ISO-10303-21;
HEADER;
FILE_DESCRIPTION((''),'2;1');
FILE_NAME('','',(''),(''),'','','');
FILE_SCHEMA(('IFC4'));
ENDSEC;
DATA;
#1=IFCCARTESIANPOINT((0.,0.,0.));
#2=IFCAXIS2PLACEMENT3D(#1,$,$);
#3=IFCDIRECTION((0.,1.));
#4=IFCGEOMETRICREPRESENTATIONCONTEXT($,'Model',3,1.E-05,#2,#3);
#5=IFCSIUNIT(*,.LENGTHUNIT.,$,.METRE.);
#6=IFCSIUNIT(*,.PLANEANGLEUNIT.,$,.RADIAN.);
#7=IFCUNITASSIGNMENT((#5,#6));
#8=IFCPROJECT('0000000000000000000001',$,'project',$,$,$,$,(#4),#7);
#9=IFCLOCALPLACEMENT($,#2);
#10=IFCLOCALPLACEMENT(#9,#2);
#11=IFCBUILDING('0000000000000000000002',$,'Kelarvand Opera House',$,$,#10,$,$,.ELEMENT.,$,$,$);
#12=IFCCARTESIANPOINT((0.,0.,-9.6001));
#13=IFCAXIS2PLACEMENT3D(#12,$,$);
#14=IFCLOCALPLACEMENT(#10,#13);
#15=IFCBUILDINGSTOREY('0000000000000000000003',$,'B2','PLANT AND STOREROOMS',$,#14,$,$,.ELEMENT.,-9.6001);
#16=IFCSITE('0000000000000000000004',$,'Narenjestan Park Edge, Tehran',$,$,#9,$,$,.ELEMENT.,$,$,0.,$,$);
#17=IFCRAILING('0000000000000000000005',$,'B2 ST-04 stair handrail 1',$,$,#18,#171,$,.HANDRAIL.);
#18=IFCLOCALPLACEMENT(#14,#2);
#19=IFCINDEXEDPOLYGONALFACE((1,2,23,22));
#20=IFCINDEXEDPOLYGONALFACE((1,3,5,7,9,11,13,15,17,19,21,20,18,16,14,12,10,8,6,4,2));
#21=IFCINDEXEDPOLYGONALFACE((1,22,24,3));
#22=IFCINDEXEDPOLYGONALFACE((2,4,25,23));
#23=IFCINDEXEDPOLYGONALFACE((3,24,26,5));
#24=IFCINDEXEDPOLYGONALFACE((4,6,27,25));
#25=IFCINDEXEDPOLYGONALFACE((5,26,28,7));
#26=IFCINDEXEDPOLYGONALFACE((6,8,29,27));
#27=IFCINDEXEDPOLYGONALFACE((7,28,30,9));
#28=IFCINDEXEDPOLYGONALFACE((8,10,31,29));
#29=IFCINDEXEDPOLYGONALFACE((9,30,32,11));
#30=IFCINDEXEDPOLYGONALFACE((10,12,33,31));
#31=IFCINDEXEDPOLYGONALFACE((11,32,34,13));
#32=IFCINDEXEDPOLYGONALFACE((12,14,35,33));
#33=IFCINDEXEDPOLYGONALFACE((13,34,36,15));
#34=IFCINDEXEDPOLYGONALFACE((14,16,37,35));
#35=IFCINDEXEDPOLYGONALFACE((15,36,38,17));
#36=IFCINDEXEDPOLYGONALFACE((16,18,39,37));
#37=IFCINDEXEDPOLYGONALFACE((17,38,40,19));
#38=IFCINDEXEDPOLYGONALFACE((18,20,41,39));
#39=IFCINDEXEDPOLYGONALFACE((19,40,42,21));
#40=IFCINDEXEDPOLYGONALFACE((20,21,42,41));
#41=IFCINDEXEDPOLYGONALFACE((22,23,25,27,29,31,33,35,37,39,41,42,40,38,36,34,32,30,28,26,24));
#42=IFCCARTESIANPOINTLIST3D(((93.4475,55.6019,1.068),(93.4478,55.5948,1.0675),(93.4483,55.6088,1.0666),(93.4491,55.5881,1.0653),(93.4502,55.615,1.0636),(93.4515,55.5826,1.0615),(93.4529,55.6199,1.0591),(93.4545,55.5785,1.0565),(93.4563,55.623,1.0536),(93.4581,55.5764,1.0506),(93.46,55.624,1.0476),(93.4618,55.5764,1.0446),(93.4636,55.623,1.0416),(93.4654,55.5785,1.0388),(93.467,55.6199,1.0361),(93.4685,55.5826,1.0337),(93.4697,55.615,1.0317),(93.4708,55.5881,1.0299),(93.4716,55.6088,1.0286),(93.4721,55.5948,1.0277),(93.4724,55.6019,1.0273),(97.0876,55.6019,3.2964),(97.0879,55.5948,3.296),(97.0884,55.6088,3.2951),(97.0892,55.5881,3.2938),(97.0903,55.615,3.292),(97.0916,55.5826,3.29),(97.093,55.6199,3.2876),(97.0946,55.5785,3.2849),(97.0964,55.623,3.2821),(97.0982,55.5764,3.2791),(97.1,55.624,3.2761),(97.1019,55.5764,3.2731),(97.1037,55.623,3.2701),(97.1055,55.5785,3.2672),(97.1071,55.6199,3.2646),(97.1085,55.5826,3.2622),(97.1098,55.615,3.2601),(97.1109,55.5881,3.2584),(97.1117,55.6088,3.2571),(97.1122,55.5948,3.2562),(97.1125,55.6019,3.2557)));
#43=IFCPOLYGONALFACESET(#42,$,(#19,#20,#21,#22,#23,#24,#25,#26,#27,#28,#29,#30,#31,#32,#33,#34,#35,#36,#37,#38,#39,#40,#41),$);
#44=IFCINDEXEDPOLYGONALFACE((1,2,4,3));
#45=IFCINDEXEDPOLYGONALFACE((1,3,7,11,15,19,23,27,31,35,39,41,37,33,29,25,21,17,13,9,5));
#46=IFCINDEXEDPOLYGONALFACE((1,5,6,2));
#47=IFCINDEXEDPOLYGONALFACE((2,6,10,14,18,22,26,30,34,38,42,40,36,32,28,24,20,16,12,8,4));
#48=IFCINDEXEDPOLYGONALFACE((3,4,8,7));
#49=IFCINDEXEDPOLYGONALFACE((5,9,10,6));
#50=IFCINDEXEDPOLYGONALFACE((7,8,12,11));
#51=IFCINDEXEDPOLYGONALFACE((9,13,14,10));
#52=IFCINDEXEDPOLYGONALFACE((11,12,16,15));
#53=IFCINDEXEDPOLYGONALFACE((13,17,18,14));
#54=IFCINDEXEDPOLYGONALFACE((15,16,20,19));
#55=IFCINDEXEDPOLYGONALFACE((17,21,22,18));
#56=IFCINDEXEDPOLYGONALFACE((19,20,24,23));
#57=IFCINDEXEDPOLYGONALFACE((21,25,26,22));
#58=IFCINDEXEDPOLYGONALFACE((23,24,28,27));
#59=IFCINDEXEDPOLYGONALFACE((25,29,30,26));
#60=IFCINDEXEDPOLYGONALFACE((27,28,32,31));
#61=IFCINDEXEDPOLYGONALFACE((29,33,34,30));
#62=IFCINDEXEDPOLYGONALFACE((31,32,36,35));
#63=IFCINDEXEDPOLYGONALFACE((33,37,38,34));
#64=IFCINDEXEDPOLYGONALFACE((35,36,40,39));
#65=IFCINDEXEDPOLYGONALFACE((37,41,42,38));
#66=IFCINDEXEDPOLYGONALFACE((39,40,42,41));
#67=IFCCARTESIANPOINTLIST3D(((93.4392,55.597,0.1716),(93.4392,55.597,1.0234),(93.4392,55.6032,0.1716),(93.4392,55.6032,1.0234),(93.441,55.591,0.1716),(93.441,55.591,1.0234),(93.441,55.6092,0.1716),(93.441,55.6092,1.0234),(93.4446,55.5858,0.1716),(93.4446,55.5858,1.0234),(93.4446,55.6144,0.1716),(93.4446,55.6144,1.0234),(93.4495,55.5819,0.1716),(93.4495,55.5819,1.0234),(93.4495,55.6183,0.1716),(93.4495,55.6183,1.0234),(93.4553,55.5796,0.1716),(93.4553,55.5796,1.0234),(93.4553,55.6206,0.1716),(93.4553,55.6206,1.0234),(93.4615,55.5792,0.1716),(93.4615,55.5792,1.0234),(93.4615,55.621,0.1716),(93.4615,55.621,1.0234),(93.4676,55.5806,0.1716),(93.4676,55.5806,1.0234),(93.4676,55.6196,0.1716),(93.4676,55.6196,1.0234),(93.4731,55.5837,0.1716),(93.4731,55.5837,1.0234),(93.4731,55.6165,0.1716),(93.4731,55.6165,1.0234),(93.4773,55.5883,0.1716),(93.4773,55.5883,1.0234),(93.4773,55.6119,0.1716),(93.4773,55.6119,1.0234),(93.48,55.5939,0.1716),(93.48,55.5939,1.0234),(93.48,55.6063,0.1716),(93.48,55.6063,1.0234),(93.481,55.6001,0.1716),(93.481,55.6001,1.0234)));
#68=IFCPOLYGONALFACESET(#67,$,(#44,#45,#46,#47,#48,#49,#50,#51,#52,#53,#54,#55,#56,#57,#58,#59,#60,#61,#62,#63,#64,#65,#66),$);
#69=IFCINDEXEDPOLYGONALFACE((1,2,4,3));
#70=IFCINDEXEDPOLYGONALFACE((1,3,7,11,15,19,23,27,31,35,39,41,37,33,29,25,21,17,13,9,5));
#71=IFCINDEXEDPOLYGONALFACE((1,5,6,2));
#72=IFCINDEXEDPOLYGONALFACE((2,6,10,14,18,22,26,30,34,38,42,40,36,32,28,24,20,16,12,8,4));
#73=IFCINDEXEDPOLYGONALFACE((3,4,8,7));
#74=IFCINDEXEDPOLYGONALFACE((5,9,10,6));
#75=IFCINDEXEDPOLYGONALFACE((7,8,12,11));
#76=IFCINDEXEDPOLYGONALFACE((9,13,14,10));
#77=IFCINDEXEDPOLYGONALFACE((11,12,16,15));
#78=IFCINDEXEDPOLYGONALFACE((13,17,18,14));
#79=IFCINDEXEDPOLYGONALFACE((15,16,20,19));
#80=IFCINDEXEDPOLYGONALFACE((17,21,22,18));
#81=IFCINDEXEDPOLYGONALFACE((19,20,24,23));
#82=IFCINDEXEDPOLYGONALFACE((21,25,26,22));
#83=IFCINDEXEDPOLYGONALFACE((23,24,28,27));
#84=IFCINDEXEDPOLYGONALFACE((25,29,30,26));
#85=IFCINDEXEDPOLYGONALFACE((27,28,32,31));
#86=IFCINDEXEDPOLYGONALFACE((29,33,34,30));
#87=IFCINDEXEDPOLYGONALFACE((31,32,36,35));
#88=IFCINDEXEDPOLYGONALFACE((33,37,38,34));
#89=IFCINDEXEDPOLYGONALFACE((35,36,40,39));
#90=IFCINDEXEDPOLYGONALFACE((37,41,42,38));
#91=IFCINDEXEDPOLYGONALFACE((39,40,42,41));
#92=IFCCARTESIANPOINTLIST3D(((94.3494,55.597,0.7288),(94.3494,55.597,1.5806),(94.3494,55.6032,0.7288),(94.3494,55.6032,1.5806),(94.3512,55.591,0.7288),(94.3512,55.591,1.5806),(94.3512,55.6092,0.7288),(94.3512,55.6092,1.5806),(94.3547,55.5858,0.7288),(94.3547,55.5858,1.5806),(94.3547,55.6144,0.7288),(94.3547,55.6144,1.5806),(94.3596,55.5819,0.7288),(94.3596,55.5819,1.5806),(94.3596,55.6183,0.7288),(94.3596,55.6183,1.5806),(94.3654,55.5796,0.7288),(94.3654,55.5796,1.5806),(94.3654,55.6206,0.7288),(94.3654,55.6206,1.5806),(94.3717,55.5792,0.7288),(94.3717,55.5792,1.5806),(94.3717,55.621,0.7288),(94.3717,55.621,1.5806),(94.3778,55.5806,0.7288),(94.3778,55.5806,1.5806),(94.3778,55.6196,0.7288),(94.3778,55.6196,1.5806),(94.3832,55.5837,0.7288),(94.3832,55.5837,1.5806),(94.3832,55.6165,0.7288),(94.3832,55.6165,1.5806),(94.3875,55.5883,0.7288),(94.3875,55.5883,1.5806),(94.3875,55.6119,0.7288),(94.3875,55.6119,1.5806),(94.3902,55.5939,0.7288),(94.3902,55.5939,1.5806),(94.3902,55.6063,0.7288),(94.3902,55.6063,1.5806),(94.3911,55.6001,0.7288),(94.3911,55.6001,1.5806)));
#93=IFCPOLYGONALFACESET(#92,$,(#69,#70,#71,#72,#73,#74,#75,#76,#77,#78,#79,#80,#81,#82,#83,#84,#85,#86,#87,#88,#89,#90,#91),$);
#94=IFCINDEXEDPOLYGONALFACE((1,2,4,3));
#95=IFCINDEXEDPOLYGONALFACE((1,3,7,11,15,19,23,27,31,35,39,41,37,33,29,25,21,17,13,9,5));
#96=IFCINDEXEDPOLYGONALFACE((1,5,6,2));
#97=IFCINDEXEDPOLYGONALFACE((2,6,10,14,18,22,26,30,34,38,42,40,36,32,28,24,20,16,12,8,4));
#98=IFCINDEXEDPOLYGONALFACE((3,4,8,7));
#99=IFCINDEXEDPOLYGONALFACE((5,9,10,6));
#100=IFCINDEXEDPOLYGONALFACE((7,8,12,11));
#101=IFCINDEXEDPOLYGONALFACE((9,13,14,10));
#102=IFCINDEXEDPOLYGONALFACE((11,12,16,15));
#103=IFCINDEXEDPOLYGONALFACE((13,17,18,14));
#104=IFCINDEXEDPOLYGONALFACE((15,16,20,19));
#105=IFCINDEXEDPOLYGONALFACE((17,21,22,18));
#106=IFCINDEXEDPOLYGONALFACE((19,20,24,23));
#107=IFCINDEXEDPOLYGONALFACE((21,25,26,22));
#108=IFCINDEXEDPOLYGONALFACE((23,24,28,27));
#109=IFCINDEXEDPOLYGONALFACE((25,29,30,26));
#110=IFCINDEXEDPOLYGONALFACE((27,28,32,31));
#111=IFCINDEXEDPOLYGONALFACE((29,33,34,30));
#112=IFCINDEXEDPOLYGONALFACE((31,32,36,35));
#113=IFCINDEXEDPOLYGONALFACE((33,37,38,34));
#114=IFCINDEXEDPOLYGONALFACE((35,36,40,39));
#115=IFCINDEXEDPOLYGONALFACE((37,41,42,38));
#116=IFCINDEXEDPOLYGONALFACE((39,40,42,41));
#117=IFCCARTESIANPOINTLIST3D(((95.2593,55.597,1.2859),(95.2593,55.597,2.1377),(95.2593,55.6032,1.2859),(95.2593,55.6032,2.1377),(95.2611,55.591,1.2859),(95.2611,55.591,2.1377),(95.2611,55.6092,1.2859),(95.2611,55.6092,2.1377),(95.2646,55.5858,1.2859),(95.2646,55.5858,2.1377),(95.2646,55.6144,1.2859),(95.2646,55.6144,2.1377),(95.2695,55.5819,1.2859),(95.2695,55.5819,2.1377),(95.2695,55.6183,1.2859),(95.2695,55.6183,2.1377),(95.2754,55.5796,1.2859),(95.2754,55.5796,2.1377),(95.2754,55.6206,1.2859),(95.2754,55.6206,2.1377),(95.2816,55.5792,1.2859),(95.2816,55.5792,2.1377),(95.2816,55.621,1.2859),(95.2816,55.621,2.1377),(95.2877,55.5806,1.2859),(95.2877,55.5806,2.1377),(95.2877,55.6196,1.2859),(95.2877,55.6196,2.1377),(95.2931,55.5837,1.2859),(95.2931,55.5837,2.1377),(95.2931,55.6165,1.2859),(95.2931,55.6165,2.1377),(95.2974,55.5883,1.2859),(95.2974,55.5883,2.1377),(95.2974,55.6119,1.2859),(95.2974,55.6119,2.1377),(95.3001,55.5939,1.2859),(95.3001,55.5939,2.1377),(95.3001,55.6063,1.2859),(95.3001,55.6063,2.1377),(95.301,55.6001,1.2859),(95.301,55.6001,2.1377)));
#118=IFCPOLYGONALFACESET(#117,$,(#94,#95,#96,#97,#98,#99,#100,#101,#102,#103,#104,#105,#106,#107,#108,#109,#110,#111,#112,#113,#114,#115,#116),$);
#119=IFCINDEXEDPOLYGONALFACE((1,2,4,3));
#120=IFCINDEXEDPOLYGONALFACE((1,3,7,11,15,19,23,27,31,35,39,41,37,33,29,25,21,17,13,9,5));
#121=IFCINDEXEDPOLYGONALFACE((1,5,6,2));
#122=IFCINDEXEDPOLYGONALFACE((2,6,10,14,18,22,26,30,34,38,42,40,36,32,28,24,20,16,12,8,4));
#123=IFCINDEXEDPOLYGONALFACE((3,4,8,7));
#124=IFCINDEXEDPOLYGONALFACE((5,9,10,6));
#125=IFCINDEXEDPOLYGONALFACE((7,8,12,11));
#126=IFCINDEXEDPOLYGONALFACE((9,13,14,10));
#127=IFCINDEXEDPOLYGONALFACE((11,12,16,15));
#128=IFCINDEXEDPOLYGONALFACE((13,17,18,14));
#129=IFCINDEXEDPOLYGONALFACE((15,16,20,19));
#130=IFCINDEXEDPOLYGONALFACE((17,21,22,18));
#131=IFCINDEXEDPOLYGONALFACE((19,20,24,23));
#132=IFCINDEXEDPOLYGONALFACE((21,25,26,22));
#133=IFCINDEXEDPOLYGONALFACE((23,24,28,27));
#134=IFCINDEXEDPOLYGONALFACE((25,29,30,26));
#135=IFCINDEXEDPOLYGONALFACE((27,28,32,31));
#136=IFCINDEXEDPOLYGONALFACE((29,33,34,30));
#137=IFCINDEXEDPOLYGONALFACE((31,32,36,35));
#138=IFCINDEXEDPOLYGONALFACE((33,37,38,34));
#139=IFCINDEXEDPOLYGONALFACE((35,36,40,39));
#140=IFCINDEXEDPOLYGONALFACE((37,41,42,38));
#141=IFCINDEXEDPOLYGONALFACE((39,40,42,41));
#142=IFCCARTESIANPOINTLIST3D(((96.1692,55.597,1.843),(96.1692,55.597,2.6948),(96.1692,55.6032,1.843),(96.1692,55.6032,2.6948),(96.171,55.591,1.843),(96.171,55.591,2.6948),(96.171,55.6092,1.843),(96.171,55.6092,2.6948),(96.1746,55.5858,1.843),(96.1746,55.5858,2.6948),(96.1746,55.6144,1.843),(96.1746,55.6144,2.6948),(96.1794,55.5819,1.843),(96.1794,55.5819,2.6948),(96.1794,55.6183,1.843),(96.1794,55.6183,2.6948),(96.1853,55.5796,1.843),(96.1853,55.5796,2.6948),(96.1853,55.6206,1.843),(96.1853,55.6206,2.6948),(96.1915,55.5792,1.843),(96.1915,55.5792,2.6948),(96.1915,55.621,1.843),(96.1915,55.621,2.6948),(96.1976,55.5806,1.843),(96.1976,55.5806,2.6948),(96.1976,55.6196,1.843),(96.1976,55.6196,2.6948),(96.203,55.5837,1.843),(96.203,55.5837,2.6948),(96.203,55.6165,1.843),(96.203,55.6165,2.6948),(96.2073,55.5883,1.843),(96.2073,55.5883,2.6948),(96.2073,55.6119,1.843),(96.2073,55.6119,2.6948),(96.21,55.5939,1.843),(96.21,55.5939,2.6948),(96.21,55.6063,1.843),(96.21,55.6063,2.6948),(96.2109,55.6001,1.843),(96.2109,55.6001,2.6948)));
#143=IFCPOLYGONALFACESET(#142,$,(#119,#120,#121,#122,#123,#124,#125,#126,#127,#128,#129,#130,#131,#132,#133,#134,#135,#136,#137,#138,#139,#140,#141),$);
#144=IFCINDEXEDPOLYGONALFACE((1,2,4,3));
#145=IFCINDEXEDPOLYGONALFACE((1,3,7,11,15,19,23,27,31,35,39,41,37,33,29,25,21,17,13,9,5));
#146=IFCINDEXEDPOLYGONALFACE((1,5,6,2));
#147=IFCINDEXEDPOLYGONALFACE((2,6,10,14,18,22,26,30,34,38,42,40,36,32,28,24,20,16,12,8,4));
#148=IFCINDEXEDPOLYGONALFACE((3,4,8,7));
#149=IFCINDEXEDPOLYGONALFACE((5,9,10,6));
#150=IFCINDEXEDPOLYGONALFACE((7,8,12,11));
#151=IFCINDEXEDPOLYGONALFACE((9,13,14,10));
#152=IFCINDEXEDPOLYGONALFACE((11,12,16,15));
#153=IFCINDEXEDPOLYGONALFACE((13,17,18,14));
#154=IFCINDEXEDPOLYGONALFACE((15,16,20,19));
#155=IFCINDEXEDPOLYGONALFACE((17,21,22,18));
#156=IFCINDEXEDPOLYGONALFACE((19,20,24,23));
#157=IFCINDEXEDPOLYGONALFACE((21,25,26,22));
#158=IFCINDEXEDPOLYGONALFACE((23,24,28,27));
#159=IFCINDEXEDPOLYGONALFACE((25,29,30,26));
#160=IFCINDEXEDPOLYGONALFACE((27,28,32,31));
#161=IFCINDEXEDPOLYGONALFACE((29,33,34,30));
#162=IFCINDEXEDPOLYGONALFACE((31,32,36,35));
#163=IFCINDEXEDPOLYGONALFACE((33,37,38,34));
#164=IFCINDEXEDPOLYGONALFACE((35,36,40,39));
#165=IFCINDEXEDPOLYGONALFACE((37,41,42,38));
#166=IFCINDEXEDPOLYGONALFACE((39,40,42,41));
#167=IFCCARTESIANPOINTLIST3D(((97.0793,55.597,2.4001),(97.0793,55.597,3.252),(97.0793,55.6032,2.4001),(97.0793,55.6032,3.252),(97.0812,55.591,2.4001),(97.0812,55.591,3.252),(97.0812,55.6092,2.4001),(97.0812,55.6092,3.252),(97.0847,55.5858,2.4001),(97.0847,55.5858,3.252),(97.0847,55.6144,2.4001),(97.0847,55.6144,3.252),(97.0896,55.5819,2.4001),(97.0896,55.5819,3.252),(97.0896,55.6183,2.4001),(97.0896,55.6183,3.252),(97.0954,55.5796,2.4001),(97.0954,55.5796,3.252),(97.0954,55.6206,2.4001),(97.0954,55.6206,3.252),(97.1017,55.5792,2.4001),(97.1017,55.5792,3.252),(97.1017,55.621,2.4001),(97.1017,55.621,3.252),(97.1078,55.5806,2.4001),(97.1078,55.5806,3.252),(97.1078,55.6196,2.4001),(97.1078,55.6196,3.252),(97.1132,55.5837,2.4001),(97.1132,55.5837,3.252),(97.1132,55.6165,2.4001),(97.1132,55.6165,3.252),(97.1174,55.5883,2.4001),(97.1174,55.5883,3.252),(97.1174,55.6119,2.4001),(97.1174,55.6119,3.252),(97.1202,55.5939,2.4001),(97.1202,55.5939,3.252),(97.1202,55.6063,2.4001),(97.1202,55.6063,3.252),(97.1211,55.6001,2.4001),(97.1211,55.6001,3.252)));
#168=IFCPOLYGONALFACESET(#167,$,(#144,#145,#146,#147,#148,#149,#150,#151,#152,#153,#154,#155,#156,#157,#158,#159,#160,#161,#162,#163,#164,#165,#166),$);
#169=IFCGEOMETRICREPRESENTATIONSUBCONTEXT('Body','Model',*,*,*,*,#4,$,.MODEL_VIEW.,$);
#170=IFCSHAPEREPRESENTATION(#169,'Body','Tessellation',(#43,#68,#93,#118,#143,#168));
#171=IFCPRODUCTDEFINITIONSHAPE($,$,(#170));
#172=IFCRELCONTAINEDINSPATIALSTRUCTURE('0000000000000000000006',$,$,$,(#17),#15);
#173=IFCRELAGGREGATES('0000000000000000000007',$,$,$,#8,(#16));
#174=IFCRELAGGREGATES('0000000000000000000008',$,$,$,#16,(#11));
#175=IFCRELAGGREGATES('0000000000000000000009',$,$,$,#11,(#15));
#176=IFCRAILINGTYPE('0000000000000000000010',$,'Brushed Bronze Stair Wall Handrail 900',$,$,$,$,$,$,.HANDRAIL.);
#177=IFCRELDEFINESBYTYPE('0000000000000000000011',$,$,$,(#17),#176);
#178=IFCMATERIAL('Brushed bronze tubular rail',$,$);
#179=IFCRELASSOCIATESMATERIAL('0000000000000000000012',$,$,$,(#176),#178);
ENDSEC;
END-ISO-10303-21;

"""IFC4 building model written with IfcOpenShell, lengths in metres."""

from ifc_helpers import new_model, si_unit, direction, frame, origin, origin_2d, place, context, subcontext, project, spatial, circle, extrude, material, type_object, element, save


model = new_model("IFC4")

# Units and contexts
model_context = context("Model", 3, precision=1e-05, world=origin(), true_north=direction((0.0, 1.0)))
body_context = subcontext(model_context, "Body", "Model", "MODEL_VIEW")
ifc_project = project(units=[si_unit("LENGTHUNIT", "METRE"), si_unit("PLANEANGLEUNIT", "RADIAN")], contexts=[model_context])

# Site, building, storey
site_placement = place(None, origin())
site = spatial("IfcSite", under=ifc_project, at=site_placement, Name="Narenjestan Park Edge, Tehran", CompositionType="ELEMENT", RefElevation=0.0)
building_placement = place(site_placement, origin())
building = spatial("IfcBuilding", under=site, at=building_placement, Name="Kelarvand Opera House", CompositionType="ELEMENT")
storey_placement = place(building_placement, frame((0.0, 0.0, -9.6001)))
storey = spatial("IfcBuildingStorey", under=building, at=storey_placement, Name="B2", Description="PLANT AND STOREROOMS", CompositionType="ELEMENT", Elevation=-9.6001)

# Railing
ifc_material_1 = material(Name="Brushed bronze tubular rail")
railing_type_1 = type_object("IfcRailingType", Name="Brushed Bronze Stair Wall Handrail 900", PredefinedType="HANDRAIL", material=ifc_material_1)
railing_1_placement = place(storey_placement, frame((93.46, 55.6001, 0.1716)))
element("IfcRailing", 1, at=railing_1_placement, inside=storey, type_object=railing_type_1, Name="B2 ST-04 stair handrail 1", PredefinedType="HANDRAIL", context=body_context, shape_type="SweptSolid", body=[
    extrude(circle(Radius=0.0239, at=origin_2d()), frame((0.0, 0.0, 0.876), z_axis=(0.852866, 0.0, 0.52213), x_axis=(0.0, 1.0, 0.0)), (0.0, 0.0, 1.0), 4.2681),
    extrude(circle(Radius=0.021, at=origin_2d()), origin(), (0.0, 0.0, 1.0), 0.8518),
    extrude(circle(Radius=0.021, at=origin_2d()), frame((0.9102, 0.0, 0.5571)), (0.0, 0.0, 1.0), 0.8518),
    extrude(circle(Radius=0.021, at=origin_2d()), frame((1.8201, 0.0, 1.1143)), (0.0, 0.0, 1.0), 0.8518),
    extrude(circle(Radius=0.021, at=origin_2d()), frame((2.73, 0.0, 1.6714)), (0.0, 0.0, 1.0), 0.8518),
    extrude(circle(Radius=0.021, at=origin_2d()), frame((3.6401, 0.0, 2.2285)), (0.0, 0.0, 1.0), 0.8518),
])

save(model, "model.ifc")
